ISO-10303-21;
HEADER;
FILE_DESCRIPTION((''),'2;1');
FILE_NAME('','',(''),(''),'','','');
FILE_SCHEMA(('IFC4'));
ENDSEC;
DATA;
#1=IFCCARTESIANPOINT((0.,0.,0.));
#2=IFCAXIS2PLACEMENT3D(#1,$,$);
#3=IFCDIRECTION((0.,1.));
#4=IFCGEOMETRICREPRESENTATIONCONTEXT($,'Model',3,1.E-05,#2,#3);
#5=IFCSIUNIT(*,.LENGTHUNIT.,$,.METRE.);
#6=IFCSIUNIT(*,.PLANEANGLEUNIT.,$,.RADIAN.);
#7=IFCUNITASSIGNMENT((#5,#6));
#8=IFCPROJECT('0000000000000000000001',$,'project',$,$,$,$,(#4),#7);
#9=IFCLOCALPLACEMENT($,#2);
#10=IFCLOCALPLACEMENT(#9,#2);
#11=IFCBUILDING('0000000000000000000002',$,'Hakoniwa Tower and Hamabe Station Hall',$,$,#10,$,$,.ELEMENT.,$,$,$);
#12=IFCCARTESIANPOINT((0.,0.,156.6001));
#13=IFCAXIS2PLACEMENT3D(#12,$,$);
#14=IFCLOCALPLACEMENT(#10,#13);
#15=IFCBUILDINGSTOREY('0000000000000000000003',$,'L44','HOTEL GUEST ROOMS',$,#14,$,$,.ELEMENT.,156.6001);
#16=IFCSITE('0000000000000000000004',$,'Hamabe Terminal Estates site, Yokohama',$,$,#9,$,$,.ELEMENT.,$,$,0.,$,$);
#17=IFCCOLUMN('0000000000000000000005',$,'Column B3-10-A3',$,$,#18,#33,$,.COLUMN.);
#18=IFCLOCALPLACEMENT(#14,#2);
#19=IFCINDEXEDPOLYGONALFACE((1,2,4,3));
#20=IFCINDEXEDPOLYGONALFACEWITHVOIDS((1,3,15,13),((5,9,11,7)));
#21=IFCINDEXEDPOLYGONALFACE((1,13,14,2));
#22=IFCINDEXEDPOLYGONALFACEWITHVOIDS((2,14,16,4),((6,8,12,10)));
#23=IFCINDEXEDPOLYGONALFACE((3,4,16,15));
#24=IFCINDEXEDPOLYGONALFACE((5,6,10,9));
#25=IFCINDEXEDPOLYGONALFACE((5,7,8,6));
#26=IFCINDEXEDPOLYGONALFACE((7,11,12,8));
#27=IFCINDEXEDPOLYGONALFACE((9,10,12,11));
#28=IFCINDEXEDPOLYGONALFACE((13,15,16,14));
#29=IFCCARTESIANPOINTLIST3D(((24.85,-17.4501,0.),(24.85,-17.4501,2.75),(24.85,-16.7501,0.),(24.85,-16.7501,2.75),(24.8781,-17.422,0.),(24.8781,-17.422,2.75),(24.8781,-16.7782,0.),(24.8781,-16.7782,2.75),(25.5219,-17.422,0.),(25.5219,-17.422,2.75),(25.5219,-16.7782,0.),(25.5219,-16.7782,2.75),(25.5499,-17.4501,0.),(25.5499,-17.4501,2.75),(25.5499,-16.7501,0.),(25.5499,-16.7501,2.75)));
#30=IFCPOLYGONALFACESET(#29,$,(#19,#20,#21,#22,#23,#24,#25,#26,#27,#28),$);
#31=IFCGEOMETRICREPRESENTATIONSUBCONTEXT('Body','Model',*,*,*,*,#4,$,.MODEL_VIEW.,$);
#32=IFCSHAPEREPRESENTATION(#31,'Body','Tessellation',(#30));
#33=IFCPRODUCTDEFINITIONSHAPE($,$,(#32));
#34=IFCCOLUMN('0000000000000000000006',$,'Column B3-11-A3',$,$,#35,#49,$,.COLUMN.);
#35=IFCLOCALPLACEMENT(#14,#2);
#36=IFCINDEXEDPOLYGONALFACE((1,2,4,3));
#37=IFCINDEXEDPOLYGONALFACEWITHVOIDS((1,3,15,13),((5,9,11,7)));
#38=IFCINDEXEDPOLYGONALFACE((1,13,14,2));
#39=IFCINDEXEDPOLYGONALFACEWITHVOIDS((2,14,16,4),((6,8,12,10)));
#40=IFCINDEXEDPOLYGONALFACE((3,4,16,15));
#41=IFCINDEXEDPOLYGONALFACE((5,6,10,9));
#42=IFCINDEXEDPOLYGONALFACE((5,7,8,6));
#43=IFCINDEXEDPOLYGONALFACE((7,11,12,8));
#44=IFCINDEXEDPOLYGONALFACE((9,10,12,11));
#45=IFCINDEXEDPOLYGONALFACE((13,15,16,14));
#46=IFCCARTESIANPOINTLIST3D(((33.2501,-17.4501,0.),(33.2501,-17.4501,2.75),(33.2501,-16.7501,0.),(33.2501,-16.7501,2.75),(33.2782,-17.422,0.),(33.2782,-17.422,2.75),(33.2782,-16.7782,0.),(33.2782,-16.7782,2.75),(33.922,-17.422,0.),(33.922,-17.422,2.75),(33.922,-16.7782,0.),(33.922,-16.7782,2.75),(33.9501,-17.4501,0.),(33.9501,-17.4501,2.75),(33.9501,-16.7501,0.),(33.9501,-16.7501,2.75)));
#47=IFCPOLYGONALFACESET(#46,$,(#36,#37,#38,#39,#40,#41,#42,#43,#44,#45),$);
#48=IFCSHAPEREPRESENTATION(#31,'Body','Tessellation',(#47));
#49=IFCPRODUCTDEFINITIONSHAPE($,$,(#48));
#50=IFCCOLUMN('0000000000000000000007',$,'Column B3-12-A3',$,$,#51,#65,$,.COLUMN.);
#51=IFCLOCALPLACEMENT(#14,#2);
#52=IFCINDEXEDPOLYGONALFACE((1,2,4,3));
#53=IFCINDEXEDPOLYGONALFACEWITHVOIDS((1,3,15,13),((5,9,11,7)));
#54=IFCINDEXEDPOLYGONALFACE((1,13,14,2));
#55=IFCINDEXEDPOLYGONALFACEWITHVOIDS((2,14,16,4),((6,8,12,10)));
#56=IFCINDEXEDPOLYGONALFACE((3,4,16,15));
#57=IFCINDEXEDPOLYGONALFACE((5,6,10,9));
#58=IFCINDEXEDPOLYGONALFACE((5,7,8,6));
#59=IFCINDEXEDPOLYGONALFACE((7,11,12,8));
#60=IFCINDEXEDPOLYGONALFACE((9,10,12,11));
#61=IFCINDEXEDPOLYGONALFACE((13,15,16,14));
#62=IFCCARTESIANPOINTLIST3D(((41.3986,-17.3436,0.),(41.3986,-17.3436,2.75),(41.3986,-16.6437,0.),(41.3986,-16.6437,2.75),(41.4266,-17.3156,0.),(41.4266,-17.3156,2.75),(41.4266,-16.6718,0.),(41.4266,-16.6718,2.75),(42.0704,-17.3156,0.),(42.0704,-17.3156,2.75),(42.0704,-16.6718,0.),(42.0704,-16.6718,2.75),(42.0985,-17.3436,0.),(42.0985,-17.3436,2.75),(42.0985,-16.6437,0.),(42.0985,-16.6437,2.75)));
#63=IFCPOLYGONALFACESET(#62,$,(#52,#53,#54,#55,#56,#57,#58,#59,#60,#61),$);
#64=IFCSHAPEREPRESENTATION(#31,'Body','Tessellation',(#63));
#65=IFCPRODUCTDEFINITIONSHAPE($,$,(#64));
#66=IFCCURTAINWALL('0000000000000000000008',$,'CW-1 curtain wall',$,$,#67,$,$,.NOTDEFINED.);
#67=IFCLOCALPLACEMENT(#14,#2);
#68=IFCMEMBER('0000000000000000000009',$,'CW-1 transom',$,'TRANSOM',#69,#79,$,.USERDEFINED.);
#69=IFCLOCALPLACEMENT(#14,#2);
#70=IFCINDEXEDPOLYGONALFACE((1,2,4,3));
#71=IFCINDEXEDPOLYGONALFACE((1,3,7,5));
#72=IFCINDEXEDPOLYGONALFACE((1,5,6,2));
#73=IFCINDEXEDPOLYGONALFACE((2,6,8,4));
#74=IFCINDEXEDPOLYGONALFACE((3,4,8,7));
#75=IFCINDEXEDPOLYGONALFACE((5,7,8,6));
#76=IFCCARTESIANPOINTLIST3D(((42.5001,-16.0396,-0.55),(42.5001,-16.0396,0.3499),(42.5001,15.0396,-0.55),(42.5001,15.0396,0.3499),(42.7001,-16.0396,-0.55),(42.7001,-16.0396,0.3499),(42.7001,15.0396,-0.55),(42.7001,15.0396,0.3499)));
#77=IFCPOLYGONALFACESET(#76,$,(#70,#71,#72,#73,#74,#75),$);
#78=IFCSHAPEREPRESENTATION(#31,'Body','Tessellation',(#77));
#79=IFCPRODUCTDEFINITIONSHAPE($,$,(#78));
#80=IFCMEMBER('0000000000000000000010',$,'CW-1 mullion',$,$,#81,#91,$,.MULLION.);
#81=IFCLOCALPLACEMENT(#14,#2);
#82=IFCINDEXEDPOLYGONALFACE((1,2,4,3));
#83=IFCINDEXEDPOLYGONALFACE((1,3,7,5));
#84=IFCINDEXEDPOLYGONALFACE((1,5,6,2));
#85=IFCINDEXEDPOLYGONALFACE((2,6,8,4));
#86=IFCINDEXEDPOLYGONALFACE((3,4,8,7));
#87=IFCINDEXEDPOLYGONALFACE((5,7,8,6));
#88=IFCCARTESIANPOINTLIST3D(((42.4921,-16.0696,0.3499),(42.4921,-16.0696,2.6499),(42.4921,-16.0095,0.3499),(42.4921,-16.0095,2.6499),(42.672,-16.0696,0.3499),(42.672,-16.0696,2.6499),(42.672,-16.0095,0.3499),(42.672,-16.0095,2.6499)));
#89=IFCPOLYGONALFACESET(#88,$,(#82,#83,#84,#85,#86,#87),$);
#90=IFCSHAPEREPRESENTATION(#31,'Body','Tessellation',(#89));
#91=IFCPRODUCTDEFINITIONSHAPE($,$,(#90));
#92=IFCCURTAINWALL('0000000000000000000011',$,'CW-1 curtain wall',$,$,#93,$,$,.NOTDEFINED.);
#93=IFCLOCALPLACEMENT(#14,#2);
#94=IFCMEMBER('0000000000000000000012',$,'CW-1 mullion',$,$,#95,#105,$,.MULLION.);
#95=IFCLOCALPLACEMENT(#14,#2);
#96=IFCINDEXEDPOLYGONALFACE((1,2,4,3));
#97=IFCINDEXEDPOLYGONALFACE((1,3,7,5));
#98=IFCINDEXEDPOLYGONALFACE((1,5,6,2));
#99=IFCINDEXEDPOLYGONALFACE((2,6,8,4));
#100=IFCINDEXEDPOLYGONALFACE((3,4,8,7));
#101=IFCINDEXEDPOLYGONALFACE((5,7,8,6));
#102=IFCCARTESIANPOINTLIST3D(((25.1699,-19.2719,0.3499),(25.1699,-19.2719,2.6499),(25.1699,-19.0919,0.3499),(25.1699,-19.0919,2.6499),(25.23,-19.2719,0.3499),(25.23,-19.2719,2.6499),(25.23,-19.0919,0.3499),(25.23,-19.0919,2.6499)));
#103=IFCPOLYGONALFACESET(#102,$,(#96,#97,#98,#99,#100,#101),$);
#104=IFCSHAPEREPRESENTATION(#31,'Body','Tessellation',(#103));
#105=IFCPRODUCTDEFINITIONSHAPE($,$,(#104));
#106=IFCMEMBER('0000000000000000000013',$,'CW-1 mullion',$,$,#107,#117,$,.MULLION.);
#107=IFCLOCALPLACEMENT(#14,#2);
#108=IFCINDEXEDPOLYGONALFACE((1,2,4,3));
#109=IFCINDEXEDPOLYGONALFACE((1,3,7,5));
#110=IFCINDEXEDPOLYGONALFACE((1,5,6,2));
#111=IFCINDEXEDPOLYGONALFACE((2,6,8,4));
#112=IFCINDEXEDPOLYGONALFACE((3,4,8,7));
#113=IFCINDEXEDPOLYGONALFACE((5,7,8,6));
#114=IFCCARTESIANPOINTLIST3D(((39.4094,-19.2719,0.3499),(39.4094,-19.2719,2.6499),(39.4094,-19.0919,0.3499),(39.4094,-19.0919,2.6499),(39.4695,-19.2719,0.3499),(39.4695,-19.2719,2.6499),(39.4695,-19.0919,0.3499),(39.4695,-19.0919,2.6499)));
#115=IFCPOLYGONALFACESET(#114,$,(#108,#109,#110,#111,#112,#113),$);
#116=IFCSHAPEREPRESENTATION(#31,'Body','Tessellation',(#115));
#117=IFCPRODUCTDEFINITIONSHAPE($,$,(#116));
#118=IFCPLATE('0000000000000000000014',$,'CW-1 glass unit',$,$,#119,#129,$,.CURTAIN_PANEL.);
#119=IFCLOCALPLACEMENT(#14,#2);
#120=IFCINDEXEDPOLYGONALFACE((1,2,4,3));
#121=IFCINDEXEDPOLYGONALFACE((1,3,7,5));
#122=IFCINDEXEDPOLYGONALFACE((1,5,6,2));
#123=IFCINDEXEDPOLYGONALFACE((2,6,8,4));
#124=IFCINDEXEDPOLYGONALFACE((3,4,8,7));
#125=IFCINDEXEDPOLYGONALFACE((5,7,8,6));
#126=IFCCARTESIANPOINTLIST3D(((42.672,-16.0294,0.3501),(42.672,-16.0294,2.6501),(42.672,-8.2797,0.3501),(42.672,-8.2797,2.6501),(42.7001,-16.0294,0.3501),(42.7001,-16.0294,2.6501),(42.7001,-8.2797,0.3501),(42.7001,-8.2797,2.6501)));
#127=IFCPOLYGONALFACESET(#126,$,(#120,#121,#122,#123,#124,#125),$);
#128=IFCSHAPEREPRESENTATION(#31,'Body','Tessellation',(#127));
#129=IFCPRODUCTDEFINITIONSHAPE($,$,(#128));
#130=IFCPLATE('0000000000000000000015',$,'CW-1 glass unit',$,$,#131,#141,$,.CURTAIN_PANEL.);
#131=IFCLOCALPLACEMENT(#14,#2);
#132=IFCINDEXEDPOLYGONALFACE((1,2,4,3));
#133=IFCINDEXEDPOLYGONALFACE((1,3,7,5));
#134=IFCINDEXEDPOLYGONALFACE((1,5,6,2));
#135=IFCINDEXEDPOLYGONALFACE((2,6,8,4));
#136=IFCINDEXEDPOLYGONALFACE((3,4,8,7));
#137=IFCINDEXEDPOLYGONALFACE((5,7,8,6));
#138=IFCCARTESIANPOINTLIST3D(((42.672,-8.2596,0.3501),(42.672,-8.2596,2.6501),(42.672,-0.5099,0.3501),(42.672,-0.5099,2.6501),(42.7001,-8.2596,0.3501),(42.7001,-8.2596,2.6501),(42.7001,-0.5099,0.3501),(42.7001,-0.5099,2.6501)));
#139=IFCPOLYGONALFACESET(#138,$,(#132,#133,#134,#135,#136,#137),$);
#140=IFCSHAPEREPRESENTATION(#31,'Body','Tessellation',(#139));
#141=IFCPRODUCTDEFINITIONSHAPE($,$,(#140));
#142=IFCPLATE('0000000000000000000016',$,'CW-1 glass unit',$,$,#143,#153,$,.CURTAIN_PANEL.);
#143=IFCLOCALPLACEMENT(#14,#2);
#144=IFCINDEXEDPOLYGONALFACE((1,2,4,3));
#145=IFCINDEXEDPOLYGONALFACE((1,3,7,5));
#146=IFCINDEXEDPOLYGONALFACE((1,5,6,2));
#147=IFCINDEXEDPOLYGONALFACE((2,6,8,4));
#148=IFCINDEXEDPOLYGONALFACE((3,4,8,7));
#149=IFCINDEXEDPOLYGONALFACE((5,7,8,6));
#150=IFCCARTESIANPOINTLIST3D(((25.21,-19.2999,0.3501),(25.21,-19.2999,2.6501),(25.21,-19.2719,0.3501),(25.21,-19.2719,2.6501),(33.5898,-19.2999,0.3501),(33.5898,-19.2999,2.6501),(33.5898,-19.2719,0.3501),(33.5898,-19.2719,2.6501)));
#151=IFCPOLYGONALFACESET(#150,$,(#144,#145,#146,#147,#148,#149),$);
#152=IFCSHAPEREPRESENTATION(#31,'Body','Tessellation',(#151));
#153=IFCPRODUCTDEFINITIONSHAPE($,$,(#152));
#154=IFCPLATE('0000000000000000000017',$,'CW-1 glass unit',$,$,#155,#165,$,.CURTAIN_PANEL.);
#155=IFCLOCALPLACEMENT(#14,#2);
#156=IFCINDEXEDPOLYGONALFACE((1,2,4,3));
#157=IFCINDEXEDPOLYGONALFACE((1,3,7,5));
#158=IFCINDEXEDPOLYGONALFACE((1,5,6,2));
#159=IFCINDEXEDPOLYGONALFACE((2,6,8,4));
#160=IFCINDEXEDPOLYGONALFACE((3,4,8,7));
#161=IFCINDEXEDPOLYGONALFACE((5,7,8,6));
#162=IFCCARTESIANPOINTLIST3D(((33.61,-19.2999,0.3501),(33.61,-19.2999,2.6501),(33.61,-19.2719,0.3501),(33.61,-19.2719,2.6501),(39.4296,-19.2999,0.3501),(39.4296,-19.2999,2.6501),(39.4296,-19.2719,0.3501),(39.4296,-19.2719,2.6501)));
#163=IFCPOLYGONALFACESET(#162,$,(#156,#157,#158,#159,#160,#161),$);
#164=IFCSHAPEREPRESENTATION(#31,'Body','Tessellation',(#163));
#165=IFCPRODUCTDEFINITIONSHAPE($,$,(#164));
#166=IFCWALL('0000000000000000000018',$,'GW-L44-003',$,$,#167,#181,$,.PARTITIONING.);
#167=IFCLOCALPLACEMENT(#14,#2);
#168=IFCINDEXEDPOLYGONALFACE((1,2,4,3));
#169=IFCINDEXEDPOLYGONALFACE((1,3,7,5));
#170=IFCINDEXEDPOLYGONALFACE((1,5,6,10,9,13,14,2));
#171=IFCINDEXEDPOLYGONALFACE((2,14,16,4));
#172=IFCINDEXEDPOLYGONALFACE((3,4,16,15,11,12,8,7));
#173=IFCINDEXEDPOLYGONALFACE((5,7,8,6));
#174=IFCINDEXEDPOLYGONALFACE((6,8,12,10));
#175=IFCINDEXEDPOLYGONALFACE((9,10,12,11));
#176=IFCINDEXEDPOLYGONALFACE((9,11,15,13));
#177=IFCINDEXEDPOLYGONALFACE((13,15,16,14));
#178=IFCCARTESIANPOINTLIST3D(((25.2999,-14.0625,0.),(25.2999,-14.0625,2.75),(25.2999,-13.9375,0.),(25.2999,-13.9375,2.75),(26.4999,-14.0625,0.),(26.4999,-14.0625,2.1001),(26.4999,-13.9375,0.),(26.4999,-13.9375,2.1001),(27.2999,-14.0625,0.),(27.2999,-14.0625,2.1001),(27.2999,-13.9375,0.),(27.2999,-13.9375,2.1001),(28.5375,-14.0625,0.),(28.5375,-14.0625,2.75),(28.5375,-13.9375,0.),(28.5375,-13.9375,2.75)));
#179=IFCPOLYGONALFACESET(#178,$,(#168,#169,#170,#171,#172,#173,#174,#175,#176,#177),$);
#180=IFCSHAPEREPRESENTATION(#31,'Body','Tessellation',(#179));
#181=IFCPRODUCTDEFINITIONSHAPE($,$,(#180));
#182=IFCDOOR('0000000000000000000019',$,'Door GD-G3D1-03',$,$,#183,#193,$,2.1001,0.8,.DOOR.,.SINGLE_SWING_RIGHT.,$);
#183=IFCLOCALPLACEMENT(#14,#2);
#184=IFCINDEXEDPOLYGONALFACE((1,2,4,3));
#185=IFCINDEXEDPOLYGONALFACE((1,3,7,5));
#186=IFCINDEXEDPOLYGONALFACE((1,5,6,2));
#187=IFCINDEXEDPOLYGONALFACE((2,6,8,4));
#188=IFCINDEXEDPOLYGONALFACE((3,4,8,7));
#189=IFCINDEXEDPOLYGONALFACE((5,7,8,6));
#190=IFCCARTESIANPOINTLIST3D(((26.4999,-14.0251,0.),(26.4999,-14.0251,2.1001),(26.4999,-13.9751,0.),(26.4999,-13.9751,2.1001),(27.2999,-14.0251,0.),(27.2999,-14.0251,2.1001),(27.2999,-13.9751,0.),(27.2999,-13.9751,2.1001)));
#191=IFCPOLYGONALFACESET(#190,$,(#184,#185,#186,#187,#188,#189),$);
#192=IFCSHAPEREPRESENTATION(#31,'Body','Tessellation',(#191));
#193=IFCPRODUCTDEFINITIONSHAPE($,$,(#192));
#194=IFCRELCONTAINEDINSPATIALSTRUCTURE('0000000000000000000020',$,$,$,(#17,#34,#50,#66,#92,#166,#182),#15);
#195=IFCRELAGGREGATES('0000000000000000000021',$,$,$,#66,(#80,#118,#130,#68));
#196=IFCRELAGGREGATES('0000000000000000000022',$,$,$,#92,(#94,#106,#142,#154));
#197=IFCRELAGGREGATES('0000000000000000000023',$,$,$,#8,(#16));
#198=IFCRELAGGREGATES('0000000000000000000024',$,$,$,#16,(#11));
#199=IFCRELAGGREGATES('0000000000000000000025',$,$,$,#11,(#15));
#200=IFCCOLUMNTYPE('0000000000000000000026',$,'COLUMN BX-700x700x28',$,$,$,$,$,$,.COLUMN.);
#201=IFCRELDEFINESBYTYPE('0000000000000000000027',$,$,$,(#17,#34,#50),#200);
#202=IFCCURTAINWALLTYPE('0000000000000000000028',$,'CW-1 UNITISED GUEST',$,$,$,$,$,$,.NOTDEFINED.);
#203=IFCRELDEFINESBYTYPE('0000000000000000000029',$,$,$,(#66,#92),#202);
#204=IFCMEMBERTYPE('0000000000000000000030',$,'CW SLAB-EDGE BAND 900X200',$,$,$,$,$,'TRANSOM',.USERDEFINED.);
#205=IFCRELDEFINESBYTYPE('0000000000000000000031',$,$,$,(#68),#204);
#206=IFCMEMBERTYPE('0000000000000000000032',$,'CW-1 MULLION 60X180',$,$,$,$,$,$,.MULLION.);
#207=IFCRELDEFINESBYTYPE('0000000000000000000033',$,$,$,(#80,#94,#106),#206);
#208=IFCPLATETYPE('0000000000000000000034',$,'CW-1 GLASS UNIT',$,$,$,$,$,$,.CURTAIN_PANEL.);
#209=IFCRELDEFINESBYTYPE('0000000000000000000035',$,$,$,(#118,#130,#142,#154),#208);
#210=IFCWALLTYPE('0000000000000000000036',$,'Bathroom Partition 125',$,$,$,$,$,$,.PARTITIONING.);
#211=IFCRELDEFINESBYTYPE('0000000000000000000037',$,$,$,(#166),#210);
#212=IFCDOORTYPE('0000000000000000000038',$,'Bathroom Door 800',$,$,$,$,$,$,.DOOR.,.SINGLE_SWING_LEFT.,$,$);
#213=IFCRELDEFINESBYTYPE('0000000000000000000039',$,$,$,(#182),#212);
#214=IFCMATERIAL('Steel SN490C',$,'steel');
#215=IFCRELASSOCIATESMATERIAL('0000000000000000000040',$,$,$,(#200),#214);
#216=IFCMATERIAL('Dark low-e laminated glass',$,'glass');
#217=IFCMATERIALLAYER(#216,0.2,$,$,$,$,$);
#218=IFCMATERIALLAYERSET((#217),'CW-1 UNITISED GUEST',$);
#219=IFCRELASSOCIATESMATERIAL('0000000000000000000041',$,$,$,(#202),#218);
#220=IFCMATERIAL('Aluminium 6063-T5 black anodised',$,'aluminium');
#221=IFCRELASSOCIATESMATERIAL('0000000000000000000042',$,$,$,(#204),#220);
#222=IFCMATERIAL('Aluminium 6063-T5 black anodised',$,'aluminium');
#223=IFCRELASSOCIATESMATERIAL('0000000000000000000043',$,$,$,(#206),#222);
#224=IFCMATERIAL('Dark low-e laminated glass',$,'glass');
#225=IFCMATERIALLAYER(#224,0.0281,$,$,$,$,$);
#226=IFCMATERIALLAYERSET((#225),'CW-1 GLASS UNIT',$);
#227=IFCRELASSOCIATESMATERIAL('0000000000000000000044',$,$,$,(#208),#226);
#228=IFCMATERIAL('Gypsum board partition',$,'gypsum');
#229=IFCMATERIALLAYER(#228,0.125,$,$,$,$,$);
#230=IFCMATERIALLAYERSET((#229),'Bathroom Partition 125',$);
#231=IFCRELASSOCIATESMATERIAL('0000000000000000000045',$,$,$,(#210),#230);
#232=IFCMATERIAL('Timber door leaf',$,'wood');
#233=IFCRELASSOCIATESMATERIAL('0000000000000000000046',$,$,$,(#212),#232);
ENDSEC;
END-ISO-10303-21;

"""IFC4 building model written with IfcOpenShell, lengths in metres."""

from ifc_helpers import new_model, si_unit, direction, frame, frame_2d, origin, origin_2d, place, context, subcontext, project, spatial, rectangle, hollow_rectangle, extrude, material, layer, layer_set, material_profile, profile_set, type_object, element, fill, aggregate, save


model = new_model("IFC4")

# Units and contexts
model_context = context("Model", 3, precision=1e-05, world=origin(), true_north=direction((0.0, 1.0)))
body_context = subcontext(model_context, "Body", "Model", "MODEL_VIEW")
ifc_project = project(units=[si_unit("LENGTHUNIT", "METRE"), si_unit("PLANEANGLEUNIT", "RADIAN")], contexts=[model_context])

# Site, building, storey
site_placement = place(None, origin())
site = spatial("IfcSite", under=ifc_project, at=site_placement, Name="Hamabe Terminal Estates site, Yokohama", CompositionType="ELEMENT", RefElevation=0.0)
building_placement = place(site_placement, origin())
building = spatial("IfcBuilding", under=site, at=building_placement, Name="Hakoniwa Tower and Hamabe Station Hall", CompositionType="ELEMENT")
storey_placement = place(building_placement, frame((0.0, 0.0, 156.6001)))
storey = spatial("IfcBuildingStorey", under=building, at=storey_placement, Name="L44", Description="HOTEL GUEST ROOMS", CompositionType="ELEMENT", Elevation=156.6001)

# Columns
ifc_material_1 = material(Name="Steel SN490C", Category="steel")
ifc_material_profile_1 = material_profile(ifc_material_1, hollow_rectangle(XDim=0.7, YDim=0.7, WallThickness=0.0281, at=origin_2d()), Name="BX-700x700x28")
ifc_profile_set_1 = profile_set([ifc_material_profile_1], Name="Steel SN490C")
column_type = type_object("IfcColumnType", Name="COLUMN BX-700x700x28", PredefinedType="COLUMN", material=ifc_profile_set_1)
for number, where, z_axis, x_axis, name in (
    (1, (25.2, -17.1001, 0.0), (0.0, 0.0, 1.0), (1.0, 0.0, 0.0), "Column B3-10-A3"),
    (2, (33.6001, -17.1001, 0.0), (0.0, 0.0, 1.0), (1.0, 0.0, 0.0), "Column B3-11-A3"),
    (3, (41.7485, -16.9937, 0.0), (0.0, 0.0, 1.0), (1.0, 0.0, 0.0), "Column B3-12-A3"),
):
    element("IfcColumn", number, at=place(storey_placement, frame(where, z_axis=z_axis, x_axis=x_axis)), inside=storey, type_object=column_type, Name=name, PredefinedType="COLUMN", context=body_context, shape_type="SweptSolid", body=[
        extrude(hollow_rectangle(XDim=0.7, YDim=0.7, WallThickness=0.0281, at=origin_2d()), origin(), (0.0, 0.0, 1.0), 2.75),
    ])

# Curtain walls, members
ifc_material_2 = material(Name="Dark low-e laminated glass", Category="glass")
ifc_layer_1 = layer(ifc_material_2, 0.2)
ifc_layer_set_1 = layer_set([ifc_layer_1], Name="CW-1 UNITISED GUEST")
curtain_wall_type = type_object("IfcCurtainWallType", Name="CW-1 UNITISED GUEST", PredefinedType="NOTDEFINED", material=ifc_layer_set_1)
curtain_wall_1_placement = place(storey_placement, origin())
curtain_wall_1 = element("IfcCurtainWall", 4, at=curtain_wall_1_placement, inside=storey, type_object=curtain_wall_type, Name="CW-1 curtain wall", PredefinedType="NOTDEFINED")
ifc_material_3 = material(Name="Aluminium 6063-T5 black anodised", Category="aluminium")
ifc_material_profile_2 = material_profile(ifc_material_3, rectangle(XDim=0.2, YDim=0.8999, at=origin_2d()), Name="CW SLAB-EDGE BAND 900X200")
ifc_profile_set_2 = profile_set([ifc_material_profile_2], Name="Aluminium 6063-T5 black anodised")
member_type_1 = type_object("IfcMemberType", Name="CW SLAB-EDGE BAND 900X200", ElementType="TRANSOM", PredefinedType="USERDEFINED", material=ifc_profile_set_2)
member_1_placement = place(storey_placement, frame((42.6001, -16.0396, -0.1001), z_axis=(0.0, 1.0, 0.0), x_axis=(-1.0, 0.0, 0.0)))
member_1 = element("IfcMember", 5, at=member_1_placement, type_object=member_type_1, Name="CW-1 transom", ObjectType="TRANSOM", PredefinedType="USERDEFINED", context=body_context, shape_type="SweptSolid", body=[
    extrude(rectangle(XDim=0.2, YDim=0.8999, at=origin_2d()), origin(), (0.0, 0.0, 1.0), 31.0791),
])
ifc_material_4 = material(Name="Aluminium 6063-T5 black anodised", Category="aluminium")
ifc_material_profile_3 = material_profile(ifc_material_4, rectangle(XDim=0.0601, YDim=0.1799, at=origin_2d()), Name="CW-1 MULLION 60X180")
ifc_profile_set_3 = profile_set([ifc_material_profile_3], Name="Aluminium 6063-T5 black anodised")
member_type_2 = type_object("IfcMemberType", Name="CW-1 MULLION 60X180", PredefinedType="MULLION", material=ifc_profile_set_3)
member_2_placement = place(storey_placement, frame((42.582, -16.0396, 0.3499), z_axis=(0.0, 0.0, 1.0), x_axis=(0.0, 1.0, 0.0)))
member_2 = element("IfcMember", 6, at=member_2_placement, type_object=member_type_2, Name="CW-1 mullion", PredefinedType="MULLION", context=body_context, shape_type="SweptSolid", body=[
    extrude(rectangle(XDim=0.0601, YDim=0.1799, at=origin_2d()), origin(), (0.0, 0.0, 1.0), 2.3),
])
curtain_wall_2_placement = place(storey_placement, origin())
curtain_wall_2 = element("IfcCurtainWall", 7, at=curtain_wall_2_placement, inside=storey, type_object=curtain_wall_type, Name="CW-1 curtain wall", PredefinedType="NOTDEFINED")
member_3_placement = place(storey_placement, frame((25.2, -19.1819, 0.3499), z_axis=(0.0, 0.0, 1.0), x_axis=(1.0, 0.0, 0.0)))
member_3 = element("IfcMember", 8, at=member_3_placement, type_object=member_type_2, Name="CW-1 mullion", PredefinedType="MULLION", context=body_context, shape_type="SweptSolid", body=[
    extrude(rectangle(XDim=0.0601, YDim=0.1799, at=origin_2d()), origin(), (0.0, 0.0, 1.0), 2.3),
])
member_4_placement = place(storey_placement, frame((39.4395, -19.1819, 0.3499), z_axis=(0.0, 0.0, 1.0), x_axis=(1.0, 0.0, 0.0)))
member_4 = element("IfcMember", 9, at=member_4_placement, type_object=member_type_2, Name="CW-1 mullion", PredefinedType="MULLION", context=body_context, shape_type="SweptSolid", body=[
    extrude(rectangle(XDim=0.0601, YDim=0.1799, at=origin_2d()), origin(), (0.0, 0.0, 1.0), 2.3),
])

# Plates
ifc_material_5 = material(Name="Dark low-e laminated glass", Category="glass")
ifc_layer_2 = layer(ifc_material_5, 0.0281)
ifc_layer_set_2 = layer_set([ifc_layer_2], Name="CW-1 GLASS UNIT")
plate_type = type_object("IfcPlateType", Name="CW-1 GLASS UNIT", PredefinedType="CURTAIN_PANEL", material=ifc_layer_set_2)
plate_1_placement = place(storey_placement, frame((42.686, -12.1545, 0.3501), z_axis=(0.0, 0.0, 1.0), x_axis=(0.0, 1.0, 0.0)))
plate_1 = element("IfcPlate", 10, at=plate_1_placement, type_object=plate_type, Name="CW-1 glass unit", PredefinedType="CURTAIN_PANEL", context=body_context, shape_type="SweptSolid", body=[
    extrude(rectangle(XDim=7.7498, YDim=0.0281, at=origin_2d()), origin(), (0.0, 0.0, 1.0), 2.3),
])
plate_2_placement = place(storey_placement, frame((42.686, -4.3848, 0.3501), z_axis=(0.0, 0.0, 1.0), x_axis=(0.0, 1.0, 0.0)))
plate_2 = element("IfcPlate", 11, at=plate_2_placement, type_object=plate_type, Name="CW-1 glass unit", PredefinedType="CURTAIN_PANEL", context=body_context, shape_type="SweptSolid", body=[
    extrude(rectangle(XDim=7.7498, YDim=0.0281, at=origin_2d()), origin(), (0.0, 0.0, 1.0), 2.3),
])
aggregate(curtain_wall_1, [member_2, plate_1, plate_2, member_1])
plate_3_placement = place(storey_placement, frame((29.3999, -19.2859, 0.3501), z_axis=(0.0, 0.0, 1.0), x_axis=(1.0, 0.0, 0.0)))
plate_3 = element("IfcPlate", 12, at=plate_3_placement, type_object=plate_type, Name="CW-1 glass unit", PredefinedType="CURTAIN_PANEL", context=body_context, shape_type="SweptSolid", body=[
    extrude(rectangle(XDim=8.3799, YDim=0.0281, at=origin_2d()), origin(), (0.0, 0.0, 1.0), 2.3),
])
plate_4_placement = place(storey_placement, frame((36.5198, -19.2859, 0.3501), z_axis=(0.0, 0.0, 1.0), x_axis=(1.0, 0.0, 0.0)))
plate_4 = element("IfcPlate", 13, at=plate_4_placement, type_object=plate_type, Name="CW-1 glass unit", PredefinedType="CURTAIN_PANEL", context=body_context, shape_type="SweptSolid", body=[
    extrude(rectangle(XDim=5.8196, YDim=0.0281, at=origin_2d()), origin(), (0.0, 0.0, 1.0), 2.3),
])
aggregate(curtain_wall_2, [member_3, member_4, plate_3, plate_4])

# Wall, opening, door
ifc_material_6 = material(Name="Gypsum board partition", Category="gypsum")
ifc_layer_3 = layer(ifc_material_6, 0.125)
ifc_layer_set_3 = layer_set([ifc_layer_3], Name="Bathroom Partition 125")
wall_type_1 = type_object("IfcWallType", Name="Bathroom Partition 125", PredefinedType="PARTITIONING", material=ifc_layer_set_3)
wall_1_placement = place(storey_placement, frame((25.3, -14.0, 0.0), z_axis=(0.0, 0.0, 1.0), x_axis=(1.0, 0.0, 0.0)))
wall_1 = element("IfcWall", 14, at=wall_1_placement, inside=storey, type_object=wall_type_1, Name="GW-L44-003", PredefinedType="PARTITIONING", context=body_context, shape_type="SweptSolid", body=[
    extrude(rectangle(XDim=3.2375, YDim=0.125, at=frame_2d((1.6187, 0.0))), origin(), (0.0, 0.0, 1.0), 2.75),
])
opening_1_placement = place(wall_1_placement, frame((1.2, 0.0, 0.0)))
opening_1 = element("IfcOpeningElement", 15, at=opening_1_placement, cuts=wall_1, PredefinedType="OPENING", context=body_context, shape_type="SweptSolid", body=[
    extrude(rectangle(XDim=0.8, YDim=2.1001, at=frame_2d((0.3999, 1.05))), frame((0.0, 0.0725, 0.0), z_axis=(0.0, -1.0, 0.0), x_axis=(1.0, 0.0, 0.0)), (0.0, 0.0, 1.0), 0.145),
])
ifc_material_7 = material(Name="Timber door leaf", Category="wood")
door_type_1 = type_object("IfcDoorType", Name="Bathroom Door 800", OperationType="SINGLE_SWING_LEFT", PredefinedType="DOOR", material=ifc_material_7)
door_1_placement = place(opening_1_placement, origin())
door_1 = element("IfcDoor", 16, at=door_1_placement, inside=storey, type_object=door_type_1, Name="Door GD-G3D1-03", OperationType="SINGLE_SWING_RIGHT", OverallHeight=2.1001, OverallWidth=0.8, PredefinedType="DOOR", context=body_context, shape_type="SweptSolid", body=[
    extrude(rectangle(XDim=0.8, YDim=2.1001, at=frame_2d((0.3999, 1.05))), frame((0.0, 0.0249, 0.0), z_axis=(0.0, -1.0, 0.0), x_axis=(1.0, 0.0, 0.0)), (0.0, 0.0, 1.0), 0.05),
])
fill(opening_1, door_1)

save(model, "model.ifc")
